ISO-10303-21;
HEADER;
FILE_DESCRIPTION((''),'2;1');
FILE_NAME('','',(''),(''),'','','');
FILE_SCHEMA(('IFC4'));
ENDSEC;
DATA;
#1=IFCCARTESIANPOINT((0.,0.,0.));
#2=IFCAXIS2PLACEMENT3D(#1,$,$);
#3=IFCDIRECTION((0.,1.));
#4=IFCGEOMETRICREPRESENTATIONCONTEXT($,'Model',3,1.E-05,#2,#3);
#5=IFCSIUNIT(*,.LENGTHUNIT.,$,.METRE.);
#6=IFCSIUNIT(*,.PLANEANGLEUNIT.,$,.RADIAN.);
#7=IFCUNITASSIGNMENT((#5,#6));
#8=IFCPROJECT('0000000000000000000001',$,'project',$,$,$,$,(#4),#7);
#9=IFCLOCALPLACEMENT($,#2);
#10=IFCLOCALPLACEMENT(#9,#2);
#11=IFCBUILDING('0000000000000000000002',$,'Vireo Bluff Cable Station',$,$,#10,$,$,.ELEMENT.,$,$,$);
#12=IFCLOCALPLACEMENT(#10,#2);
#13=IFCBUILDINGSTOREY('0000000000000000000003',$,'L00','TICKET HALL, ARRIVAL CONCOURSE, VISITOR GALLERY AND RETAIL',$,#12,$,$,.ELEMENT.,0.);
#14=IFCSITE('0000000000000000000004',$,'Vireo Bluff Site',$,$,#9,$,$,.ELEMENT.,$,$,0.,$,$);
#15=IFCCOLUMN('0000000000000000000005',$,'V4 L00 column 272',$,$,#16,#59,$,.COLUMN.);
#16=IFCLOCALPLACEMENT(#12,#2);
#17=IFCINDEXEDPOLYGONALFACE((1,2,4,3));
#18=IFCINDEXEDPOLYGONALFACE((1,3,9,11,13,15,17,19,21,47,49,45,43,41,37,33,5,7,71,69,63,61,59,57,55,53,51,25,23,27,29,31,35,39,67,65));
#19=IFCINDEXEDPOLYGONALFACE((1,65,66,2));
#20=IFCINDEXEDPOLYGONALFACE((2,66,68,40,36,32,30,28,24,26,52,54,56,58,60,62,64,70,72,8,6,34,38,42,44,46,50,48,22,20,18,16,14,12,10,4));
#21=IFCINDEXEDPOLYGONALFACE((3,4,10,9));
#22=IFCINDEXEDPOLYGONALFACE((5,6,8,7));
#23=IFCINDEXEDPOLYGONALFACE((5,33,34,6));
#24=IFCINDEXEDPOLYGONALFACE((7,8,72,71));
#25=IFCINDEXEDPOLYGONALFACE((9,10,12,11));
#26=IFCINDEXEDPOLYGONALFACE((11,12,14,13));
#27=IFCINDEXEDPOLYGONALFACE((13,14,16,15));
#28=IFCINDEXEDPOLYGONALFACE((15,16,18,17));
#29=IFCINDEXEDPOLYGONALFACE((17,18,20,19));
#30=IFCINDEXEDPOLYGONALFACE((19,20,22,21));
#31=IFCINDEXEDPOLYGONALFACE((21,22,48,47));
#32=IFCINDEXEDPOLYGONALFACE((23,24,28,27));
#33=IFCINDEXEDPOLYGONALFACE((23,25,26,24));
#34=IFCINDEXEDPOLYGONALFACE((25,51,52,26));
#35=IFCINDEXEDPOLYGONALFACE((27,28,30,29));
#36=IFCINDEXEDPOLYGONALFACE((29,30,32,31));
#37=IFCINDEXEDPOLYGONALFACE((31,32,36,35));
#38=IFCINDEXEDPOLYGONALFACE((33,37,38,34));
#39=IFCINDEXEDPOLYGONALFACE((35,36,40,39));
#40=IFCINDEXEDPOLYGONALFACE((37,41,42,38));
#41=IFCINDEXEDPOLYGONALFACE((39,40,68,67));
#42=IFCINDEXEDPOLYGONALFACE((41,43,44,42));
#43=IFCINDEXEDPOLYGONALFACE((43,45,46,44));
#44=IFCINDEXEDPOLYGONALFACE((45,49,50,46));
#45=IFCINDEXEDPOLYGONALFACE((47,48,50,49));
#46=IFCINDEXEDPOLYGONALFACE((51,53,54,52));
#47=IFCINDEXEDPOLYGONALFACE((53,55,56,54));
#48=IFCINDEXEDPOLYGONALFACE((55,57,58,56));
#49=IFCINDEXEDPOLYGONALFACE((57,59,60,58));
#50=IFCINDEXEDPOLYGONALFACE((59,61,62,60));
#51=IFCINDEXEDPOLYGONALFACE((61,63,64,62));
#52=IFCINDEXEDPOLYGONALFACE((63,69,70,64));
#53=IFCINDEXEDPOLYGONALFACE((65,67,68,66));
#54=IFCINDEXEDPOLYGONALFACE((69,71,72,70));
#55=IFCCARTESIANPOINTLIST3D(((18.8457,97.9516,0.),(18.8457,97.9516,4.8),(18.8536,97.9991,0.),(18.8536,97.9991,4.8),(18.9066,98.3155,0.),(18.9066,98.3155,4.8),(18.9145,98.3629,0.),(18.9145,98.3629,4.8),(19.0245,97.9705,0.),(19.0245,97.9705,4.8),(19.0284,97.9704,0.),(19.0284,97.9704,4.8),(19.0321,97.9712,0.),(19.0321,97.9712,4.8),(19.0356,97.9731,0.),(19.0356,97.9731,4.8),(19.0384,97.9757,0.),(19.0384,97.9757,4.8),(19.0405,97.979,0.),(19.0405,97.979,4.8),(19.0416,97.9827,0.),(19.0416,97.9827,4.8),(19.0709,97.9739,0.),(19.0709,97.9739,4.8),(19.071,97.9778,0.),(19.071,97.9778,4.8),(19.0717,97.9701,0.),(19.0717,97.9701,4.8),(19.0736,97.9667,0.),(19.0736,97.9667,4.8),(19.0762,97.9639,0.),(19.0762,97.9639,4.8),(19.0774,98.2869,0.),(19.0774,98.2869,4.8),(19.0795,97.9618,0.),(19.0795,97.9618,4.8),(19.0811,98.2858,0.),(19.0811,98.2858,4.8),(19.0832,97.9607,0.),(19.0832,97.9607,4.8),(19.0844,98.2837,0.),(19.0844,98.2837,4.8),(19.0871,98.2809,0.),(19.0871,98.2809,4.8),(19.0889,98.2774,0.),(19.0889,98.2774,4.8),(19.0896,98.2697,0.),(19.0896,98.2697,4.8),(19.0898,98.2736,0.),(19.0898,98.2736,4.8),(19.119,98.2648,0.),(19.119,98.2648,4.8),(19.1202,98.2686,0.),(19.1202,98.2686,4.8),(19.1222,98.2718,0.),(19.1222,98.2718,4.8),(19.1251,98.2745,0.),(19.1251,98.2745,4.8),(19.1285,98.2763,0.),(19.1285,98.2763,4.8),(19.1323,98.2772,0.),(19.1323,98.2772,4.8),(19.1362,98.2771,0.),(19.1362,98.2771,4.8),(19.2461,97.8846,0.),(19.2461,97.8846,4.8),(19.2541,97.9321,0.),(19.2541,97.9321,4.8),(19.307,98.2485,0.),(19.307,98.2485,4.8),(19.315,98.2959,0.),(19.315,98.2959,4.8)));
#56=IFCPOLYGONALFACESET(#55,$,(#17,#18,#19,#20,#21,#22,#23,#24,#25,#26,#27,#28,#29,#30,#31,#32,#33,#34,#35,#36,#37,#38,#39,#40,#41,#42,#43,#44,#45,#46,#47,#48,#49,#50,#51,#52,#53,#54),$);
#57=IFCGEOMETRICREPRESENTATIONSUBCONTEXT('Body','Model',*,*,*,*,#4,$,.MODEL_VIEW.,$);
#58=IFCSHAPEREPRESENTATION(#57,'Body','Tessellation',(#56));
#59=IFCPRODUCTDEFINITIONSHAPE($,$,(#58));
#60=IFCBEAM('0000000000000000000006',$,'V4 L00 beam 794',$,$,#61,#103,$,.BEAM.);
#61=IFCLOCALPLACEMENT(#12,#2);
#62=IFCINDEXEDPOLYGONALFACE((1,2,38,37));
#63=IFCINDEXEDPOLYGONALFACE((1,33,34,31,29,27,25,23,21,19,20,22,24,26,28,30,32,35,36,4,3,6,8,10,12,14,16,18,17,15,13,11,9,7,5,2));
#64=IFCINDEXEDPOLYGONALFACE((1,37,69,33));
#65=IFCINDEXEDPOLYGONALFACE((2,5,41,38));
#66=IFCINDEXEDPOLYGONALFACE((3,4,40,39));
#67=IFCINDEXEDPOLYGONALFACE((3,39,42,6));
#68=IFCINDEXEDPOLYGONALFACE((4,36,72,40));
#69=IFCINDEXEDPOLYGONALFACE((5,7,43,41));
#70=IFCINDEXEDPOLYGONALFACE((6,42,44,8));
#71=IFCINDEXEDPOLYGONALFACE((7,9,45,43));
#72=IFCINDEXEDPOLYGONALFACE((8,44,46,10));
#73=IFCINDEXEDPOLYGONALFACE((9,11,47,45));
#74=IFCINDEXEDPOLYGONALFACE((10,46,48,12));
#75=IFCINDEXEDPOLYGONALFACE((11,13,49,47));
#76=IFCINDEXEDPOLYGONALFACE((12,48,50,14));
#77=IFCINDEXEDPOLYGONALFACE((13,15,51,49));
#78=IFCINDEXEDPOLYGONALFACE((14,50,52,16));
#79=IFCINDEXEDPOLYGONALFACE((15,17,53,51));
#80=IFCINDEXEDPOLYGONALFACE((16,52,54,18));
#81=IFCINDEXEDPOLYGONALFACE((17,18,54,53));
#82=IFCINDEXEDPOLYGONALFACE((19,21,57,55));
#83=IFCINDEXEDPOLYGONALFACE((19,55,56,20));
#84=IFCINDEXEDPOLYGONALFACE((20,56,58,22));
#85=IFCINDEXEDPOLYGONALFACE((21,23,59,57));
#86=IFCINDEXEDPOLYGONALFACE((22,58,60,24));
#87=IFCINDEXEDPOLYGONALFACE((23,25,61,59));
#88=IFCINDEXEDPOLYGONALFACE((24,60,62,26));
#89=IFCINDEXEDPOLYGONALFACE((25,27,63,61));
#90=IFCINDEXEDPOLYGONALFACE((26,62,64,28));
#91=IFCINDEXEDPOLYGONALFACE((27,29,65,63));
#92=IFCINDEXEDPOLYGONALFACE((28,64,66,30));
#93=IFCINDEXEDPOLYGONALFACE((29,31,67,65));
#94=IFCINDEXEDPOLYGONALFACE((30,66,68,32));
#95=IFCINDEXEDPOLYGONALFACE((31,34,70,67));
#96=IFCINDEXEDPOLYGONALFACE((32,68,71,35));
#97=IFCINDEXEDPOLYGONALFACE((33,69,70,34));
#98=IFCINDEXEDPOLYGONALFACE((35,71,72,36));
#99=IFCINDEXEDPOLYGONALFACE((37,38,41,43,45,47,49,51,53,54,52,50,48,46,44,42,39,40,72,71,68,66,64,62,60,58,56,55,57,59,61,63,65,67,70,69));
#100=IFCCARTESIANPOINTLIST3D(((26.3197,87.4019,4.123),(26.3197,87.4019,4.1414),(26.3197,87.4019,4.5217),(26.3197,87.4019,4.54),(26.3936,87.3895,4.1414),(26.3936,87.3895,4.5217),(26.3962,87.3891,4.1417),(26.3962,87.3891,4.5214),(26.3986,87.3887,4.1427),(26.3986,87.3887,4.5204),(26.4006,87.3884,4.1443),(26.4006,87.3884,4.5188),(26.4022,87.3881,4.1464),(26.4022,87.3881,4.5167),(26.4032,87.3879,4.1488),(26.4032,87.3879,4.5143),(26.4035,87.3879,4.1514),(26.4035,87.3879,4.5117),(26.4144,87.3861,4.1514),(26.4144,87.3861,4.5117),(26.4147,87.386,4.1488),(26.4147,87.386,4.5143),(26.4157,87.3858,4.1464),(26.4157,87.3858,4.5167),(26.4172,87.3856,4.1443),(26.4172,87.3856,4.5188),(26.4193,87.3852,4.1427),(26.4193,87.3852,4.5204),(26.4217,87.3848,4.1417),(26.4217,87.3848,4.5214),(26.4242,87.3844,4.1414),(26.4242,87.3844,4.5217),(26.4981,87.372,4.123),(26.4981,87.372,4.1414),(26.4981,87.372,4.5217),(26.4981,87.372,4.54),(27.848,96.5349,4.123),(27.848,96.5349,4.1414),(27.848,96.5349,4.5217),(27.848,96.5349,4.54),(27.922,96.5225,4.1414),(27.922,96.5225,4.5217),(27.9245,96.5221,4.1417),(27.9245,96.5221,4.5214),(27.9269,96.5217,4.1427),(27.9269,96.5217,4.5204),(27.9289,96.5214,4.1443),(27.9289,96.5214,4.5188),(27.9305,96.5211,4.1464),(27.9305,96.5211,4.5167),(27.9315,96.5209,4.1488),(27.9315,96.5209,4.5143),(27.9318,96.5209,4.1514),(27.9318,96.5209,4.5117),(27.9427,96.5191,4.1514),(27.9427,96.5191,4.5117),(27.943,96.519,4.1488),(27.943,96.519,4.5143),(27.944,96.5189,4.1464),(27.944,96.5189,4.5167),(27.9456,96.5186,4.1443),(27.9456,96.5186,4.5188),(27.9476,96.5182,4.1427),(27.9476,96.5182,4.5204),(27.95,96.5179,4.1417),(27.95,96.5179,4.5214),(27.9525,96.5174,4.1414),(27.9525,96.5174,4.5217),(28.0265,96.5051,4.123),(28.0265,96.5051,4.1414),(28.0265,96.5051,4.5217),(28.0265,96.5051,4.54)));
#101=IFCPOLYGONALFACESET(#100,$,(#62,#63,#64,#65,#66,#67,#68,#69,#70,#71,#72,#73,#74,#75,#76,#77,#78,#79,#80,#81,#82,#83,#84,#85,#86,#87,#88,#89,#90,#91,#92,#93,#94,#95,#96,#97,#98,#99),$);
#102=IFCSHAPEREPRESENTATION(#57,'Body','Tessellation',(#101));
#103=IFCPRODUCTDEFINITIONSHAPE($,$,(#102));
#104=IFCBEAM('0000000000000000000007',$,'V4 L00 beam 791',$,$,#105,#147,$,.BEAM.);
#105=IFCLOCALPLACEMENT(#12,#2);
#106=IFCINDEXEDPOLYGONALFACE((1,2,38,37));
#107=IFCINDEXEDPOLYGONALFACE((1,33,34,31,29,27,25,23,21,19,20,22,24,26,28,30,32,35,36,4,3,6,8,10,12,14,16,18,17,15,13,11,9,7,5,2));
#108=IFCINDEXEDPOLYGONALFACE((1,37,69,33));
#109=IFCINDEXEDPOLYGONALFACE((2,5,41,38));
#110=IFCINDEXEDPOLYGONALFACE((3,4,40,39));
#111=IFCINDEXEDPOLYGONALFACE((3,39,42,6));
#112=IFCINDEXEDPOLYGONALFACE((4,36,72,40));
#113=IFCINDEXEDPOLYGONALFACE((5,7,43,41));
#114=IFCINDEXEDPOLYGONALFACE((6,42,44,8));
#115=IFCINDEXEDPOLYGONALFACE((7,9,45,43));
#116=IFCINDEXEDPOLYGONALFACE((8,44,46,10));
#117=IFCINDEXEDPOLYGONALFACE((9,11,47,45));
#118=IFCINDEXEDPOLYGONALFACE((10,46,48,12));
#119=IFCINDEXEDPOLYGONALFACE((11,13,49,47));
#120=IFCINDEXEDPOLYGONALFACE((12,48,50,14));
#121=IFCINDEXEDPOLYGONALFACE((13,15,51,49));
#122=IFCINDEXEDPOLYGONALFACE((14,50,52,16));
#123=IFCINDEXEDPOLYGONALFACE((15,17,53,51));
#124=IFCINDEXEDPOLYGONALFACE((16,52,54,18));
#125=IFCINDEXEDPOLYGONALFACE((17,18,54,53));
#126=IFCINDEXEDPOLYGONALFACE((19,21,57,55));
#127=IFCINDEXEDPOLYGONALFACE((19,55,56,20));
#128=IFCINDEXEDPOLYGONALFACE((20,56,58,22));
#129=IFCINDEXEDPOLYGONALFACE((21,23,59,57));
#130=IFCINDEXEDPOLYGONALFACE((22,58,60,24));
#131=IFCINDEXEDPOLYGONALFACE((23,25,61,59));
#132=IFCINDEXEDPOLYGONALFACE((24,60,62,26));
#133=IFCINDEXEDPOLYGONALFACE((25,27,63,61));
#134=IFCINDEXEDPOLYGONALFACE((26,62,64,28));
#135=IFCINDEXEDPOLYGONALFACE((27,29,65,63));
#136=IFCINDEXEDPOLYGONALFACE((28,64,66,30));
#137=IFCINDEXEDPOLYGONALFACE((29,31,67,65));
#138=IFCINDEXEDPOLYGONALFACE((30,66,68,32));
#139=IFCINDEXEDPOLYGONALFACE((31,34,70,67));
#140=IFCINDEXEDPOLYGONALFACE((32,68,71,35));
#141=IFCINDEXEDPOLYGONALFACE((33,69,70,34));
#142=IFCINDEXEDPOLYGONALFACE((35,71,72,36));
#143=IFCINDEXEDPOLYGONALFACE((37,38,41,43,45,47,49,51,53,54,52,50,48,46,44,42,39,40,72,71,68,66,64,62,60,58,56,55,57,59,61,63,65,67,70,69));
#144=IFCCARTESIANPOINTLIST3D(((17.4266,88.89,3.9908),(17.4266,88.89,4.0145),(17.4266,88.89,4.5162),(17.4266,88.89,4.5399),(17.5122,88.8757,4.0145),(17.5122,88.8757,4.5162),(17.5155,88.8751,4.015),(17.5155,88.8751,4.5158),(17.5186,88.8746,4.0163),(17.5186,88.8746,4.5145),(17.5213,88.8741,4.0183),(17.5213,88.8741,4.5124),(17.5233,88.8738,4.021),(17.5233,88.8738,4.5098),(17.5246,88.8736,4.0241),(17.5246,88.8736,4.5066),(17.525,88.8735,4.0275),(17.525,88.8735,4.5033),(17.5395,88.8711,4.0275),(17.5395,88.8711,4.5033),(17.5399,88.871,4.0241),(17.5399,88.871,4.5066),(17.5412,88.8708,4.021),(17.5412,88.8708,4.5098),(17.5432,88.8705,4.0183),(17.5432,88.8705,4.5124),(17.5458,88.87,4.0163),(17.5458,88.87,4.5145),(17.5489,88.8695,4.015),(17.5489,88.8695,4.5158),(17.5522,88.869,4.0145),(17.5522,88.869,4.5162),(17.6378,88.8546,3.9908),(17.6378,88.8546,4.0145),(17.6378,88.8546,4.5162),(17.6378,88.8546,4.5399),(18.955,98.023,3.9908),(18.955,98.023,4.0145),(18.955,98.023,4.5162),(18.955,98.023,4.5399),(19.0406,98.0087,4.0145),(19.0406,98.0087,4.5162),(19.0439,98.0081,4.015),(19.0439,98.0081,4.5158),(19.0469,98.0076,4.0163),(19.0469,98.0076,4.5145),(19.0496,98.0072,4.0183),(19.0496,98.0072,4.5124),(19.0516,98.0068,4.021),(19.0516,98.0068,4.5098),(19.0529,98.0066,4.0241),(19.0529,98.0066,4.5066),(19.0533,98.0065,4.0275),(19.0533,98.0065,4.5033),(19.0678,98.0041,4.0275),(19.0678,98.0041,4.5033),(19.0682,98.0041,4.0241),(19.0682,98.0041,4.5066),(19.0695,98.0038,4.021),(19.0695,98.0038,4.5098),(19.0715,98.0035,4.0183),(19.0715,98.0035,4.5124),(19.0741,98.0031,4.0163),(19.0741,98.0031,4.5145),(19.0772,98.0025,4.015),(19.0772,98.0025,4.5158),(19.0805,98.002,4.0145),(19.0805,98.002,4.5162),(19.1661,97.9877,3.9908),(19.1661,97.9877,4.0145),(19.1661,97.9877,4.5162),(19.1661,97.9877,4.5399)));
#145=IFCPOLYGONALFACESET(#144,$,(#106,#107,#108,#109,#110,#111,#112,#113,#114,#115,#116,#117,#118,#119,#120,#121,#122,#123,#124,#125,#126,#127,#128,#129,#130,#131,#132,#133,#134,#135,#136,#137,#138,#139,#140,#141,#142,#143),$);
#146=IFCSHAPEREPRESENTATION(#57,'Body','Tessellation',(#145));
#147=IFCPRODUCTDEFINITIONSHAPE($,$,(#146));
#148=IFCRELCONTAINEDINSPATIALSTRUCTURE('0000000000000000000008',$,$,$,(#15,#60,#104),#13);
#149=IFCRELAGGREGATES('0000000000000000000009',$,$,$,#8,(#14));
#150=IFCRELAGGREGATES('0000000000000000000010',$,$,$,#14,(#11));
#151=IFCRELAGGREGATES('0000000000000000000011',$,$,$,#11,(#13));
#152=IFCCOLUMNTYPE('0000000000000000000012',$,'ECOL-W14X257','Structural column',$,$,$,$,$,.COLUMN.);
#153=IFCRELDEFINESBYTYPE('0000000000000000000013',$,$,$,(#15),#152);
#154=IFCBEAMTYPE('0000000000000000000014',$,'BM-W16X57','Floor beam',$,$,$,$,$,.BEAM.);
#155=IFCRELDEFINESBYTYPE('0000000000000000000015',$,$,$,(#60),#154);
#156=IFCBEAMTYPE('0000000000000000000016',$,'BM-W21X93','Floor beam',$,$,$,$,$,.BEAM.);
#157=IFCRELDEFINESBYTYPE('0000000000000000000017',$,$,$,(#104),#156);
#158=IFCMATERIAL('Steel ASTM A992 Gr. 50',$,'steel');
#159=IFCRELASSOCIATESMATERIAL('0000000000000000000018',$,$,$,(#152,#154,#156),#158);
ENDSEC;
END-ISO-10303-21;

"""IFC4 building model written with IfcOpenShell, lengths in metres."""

from ifc_helpers import new_model, si_unit, direction, frame, origin, origin_2d, place, context, subcontext, project, spatial, i_section, extrude, material, material_profile, profile_set, type_object, element, save


model = new_model("IFC4")

# Units and contexts
model_context = context("Model", 3, precision=1e-05, world=origin(), true_north=direction((0.0, 1.0)))
body_context = subcontext(model_context, "Body", "Model", "MODEL_VIEW")
ifc_project = project(units=[si_unit("LENGTHUNIT", "METRE"), si_unit("PLANEANGLEUNIT", "RADIAN")], contexts=[model_context])

# Site, building, storey
site_placement = place(None, origin())
site = spatial("IfcSite", under=ifc_project, at=site_placement, Name="Vireo Bluff Site", CompositionType="ELEMENT", RefElevation=0.0)
building_placement = place(site_placement, origin())
building = spatial("IfcBuilding", under=site, at=building_placement, Name="Vireo Bluff Cable Station", CompositionType="ELEMENT")
storey_placement = place(building_placement, origin())
storey = spatial("IfcBuildingStorey", under=building, at=storey_placement, Name="L00", Description="TICKET HALL, ARRIVAL CONCOURSE, VISITOR GALLERY AND RETAIL", CompositionType="ELEMENT", Elevation=0.0)

# Column
ifc_material_1 = material(Name="Steel ASTM A992 Gr. 50", Category="steel")
ifc_material_profile_1 = material_profile(ifc_material_1, i_section(OverallWidth=0.406, OverallDepth=0.417, WebThickness=0.0298, FlangeThickness=0.0481, FilletRadius=0.0149, at=origin_2d()), Name="W14X257")
ifc_profile_set_1 = profile_set([ifc_material_profile_1], Name="Steel ASTM A992 Gr. 50")
column_type_1 = type_object("IfcColumnType", Name="ECOL-W14X257", Description="Structural column", PredefinedType="COLUMN", material=ifc_profile_set_1)
column_1_placement = place(storey_placement, frame((19.0803, 98.1238, 0.0), z_axis=(0.0, 0.0, 1.0), x_axis=(0.986286, -0.165048, 0.0)))
element("IfcColumn", 1, at=column_1_placement, inside=storey, type_object=column_type_1, Name="V4 L00 column 272", PredefinedType="COLUMN", context=body_context, shape_type="SweptSolid", body=[
    extrude(i_section(OverallWidth=0.406, OverallDepth=0.417, WebThickness=0.0298, FlangeThickness=0.0481, FilletRadius=0.0149, at=origin_2d()), origin(), (0.0, 0.0, 1.0), 4.8),
])

# Beams
ifc_material_profile_2 = material_profile(ifc_material_1, i_section(OverallWidth=0.1809, OverallDepth=0.417, WebThickness=0.011, FlangeThickness=0.0183, FilletRadius=0.01, at=origin_2d()), Name="W16X57")
ifc_profile_set_2 = profile_set([ifc_material_profile_2], Name="Steel ASTM A992 Gr. 50")
beam_type_1 = type_object("IfcBeamType", Name="BM-W16X57", Description="Floor beam", PredefinedType="BEAM", material=ifc_profile_set_2)
beam_1_placement = place(storey_placement, frame((26.4089, 87.387, 4.3315), z_axis=(0.165045, 0.986286, 0.0), x_axis=(-0.986286, 0.165045, 0.0)))
element("IfcBeam", 2, at=beam_1_placement, inside=storey, type_object=beam_type_1, Name="V4 L00 beam 794", PredefinedType="BEAM", context=body_context, shape_type="SweptSolid", body=[
    extrude(i_section(OverallWidth=0.1809, OverallDepth=0.417, WebThickness=0.011, FlangeThickness=0.0183, FilletRadius=0.01, at=origin_2d()), origin(), (0.0, 0.0, 1.0), 9.26),
])
ifc_material_profile_3 = material_profile(ifc_material_1, i_section(OverallWidth=0.2141, OverallDepth=0.5491, WebThickness=0.0146, FlangeThickness=0.0237, FilletRadius=0.0129, at=origin_2d()), Name="W21X93")
ifc_profile_set_3 = profile_set([ifc_material_profile_3], Name="Steel ASTM A992 Gr. 50")
beam_type_2 = type_object("IfcBeamType", Name="BM-W21X93", Description="Floor beam", PredefinedType="BEAM", material=ifc_profile_set_3)
beam_2_placement = place(storey_placement, frame((17.5322, 88.8723, 4.2654), z_axis=(0.165045, 0.986286, 0.0), x_axis=(-0.986286, 0.165045, 0.0)))
element("IfcBeam", 3, at=beam_2_placement, inside=storey, type_object=beam_type_2, Name="V4 L00 beam 791", PredefinedType="BEAM", context=body_context, shape_type="SweptSolid", body=[
    extrude(i_section(OverallWidth=0.2141, OverallDepth=0.5491, WebThickness=0.0146, FlangeThickness=0.0237, FilletRadius=0.0129, at=origin_2d()), origin(), (0.0, 0.0, 1.0), 9.26),
])

save(model, "model.ifc")
